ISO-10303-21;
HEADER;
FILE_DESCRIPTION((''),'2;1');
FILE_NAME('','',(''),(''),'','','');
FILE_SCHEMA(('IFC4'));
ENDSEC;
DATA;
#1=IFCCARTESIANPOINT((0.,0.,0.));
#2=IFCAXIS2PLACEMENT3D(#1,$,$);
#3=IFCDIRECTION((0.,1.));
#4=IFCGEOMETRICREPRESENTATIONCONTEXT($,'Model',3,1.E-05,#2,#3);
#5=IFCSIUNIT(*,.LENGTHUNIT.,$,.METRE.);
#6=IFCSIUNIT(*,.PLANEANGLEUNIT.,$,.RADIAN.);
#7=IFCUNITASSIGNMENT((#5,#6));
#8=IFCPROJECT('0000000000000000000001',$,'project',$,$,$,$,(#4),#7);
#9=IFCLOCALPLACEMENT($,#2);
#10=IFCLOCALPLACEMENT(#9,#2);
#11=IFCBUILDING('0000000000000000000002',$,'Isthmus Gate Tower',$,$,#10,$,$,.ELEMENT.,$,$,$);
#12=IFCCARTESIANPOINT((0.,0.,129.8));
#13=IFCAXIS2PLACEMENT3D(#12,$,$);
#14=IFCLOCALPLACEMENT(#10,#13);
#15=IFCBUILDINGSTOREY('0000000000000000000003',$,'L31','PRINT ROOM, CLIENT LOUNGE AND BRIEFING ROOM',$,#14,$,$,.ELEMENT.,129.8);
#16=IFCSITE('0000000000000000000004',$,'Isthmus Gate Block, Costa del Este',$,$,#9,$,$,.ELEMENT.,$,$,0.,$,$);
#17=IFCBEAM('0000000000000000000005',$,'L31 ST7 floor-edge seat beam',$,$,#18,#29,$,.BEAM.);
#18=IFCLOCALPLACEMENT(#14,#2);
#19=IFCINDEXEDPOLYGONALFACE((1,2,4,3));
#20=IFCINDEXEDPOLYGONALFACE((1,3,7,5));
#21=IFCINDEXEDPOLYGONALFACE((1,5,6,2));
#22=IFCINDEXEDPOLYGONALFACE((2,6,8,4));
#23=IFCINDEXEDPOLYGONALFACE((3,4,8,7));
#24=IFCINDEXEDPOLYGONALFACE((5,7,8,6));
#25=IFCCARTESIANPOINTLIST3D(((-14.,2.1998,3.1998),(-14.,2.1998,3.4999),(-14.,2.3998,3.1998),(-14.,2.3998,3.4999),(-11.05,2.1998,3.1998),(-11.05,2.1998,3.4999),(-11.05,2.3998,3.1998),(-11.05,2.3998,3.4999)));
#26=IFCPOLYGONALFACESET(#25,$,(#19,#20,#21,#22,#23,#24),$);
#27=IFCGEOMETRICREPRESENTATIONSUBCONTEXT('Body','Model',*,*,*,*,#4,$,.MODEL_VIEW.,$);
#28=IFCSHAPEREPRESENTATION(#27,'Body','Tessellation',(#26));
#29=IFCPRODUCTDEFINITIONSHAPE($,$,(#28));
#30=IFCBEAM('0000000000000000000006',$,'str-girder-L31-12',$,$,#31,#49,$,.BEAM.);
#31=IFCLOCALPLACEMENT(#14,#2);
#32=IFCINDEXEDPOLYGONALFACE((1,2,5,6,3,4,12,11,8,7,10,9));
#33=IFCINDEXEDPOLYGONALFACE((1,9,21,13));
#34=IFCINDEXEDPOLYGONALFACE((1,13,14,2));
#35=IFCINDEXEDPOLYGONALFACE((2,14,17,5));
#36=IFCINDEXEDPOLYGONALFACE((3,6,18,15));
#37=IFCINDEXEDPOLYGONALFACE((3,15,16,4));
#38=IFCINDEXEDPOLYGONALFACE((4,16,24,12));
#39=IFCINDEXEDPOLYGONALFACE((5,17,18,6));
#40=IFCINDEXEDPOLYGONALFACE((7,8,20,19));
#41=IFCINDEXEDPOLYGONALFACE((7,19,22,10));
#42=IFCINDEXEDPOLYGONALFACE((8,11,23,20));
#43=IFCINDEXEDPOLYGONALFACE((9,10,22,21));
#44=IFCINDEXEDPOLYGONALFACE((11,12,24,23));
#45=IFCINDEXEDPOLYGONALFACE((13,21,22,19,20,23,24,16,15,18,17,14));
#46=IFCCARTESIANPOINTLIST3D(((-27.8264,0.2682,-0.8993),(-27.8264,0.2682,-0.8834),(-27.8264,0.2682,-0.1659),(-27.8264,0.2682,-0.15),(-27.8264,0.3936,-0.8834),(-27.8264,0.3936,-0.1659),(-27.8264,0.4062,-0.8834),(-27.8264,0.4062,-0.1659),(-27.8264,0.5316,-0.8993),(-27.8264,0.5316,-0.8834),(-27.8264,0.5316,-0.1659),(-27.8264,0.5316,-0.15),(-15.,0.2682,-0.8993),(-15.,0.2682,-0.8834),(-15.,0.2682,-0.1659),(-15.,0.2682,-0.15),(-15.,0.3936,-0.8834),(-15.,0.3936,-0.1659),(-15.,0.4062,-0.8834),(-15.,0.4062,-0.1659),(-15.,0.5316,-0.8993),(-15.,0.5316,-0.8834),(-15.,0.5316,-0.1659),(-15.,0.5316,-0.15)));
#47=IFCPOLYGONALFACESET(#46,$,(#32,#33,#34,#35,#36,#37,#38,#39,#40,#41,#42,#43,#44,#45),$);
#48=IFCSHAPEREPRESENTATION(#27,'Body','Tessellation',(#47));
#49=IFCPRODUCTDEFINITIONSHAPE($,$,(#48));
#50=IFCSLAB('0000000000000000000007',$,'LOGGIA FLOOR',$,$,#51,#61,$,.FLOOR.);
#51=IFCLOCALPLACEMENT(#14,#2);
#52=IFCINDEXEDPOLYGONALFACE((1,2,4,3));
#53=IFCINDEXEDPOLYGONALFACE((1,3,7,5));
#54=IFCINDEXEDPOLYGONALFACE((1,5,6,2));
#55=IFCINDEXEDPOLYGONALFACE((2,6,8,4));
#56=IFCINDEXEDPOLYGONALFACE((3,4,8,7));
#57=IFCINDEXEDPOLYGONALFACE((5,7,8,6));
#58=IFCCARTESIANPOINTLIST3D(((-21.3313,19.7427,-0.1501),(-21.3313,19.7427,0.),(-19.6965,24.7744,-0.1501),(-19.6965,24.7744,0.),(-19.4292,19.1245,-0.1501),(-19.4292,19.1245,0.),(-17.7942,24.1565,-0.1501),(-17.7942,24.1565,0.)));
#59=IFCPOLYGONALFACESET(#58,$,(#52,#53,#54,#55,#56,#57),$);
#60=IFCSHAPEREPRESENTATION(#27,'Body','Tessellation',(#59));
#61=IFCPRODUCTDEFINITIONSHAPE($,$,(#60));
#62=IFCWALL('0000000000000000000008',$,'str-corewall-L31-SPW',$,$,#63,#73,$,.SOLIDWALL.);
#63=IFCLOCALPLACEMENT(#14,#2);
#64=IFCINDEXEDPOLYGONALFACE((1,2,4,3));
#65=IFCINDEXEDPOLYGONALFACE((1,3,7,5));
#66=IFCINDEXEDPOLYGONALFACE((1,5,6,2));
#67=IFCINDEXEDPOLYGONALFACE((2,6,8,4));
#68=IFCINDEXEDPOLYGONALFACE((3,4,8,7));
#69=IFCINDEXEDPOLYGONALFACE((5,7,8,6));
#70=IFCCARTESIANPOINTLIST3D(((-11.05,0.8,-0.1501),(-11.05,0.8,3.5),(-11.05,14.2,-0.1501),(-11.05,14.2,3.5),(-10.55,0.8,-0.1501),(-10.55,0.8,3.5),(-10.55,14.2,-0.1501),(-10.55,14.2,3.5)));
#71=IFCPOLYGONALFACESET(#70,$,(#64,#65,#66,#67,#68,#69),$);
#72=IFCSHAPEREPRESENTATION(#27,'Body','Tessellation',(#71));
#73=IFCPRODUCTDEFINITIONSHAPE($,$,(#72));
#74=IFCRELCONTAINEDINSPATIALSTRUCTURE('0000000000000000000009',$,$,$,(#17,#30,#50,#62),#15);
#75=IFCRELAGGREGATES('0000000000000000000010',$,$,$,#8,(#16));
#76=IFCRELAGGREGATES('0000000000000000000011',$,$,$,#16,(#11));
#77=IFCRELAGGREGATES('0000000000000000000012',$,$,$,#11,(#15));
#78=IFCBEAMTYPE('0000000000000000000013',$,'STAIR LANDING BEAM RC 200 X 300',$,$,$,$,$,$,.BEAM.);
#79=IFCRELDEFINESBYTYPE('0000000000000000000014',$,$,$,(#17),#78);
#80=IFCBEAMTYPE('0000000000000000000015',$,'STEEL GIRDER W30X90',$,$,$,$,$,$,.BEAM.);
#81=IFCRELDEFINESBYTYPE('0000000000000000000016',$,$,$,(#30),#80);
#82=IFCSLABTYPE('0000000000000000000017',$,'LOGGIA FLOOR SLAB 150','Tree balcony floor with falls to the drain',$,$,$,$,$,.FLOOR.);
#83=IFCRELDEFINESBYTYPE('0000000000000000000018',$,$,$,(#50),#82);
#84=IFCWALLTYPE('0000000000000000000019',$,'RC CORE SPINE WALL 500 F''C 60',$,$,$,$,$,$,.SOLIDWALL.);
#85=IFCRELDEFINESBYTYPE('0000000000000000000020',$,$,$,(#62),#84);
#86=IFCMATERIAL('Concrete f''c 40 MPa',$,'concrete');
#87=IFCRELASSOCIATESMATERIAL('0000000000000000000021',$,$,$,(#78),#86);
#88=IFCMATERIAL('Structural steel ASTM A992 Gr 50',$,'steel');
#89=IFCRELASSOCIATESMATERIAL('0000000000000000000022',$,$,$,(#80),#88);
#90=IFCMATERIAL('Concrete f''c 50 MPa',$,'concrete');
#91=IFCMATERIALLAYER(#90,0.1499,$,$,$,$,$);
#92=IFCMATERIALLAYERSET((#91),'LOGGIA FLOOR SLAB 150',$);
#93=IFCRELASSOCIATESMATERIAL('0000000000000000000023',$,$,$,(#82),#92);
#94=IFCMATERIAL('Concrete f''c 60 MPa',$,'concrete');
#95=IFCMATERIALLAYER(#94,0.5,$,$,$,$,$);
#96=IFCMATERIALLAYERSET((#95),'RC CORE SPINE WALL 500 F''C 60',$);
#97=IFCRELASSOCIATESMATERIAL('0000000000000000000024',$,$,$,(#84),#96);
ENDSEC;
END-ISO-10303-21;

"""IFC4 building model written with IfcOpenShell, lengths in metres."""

from ifc_helpers import new_model, si_unit, direction, frame, frame_2d, origin, origin_2d, place, context, subcontext, project, spatial, polyline, rectangle, i_section, outline, extrude, material, layer, layer_set, material_profile, profile_set, type_object, element, save


model = new_model("IFC4")

# Units and contexts
model_context = context("Model", 3, precision=1e-05, world=origin(), true_north=direction((0.0, 1.0)))
body_context = subcontext(model_context, "Body", "Model", "MODEL_VIEW")
ifc_project = project(units=[si_unit("LENGTHUNIT", "METRE"), si_unit("PLANEANGLEUNIT", "RADIAN")], contexts=[model_context])

# Site, building, storey
site_placement = place(None, origin())
site = spatial("IfcSite", under=ifc_project, at=site_placement, Name="Isthmus Gate Block, Costa del Este", CompositionType="ELEMENT", RefElevation=0.0)
building_placement = place(site_placement, origin())
building = spatial("IfcBuilding", under=site, at=building_placement, Name="Isthmus Gate Tower", CompositionType="ELEMENT")
storey_placement = place(building_placement, frame((0.0, 0.0, 129.8)))
storey = spatial("IfcBuildingStorey", under=building, at=storey_placement, Name="L31", Description="PRINT ROOM, CLIENT LOUNGE AND BRIEFING ROOM", CompositionType="ELEMENT", Elevation=129.8)

# Beams
ifc_material_1 = material(Name="Concrete f'c 40 MPa", Category="concrete")
ifc_material_profile_1 = material_profile(ifc_material_1, rectangle(XDim=0.2, YDim=0.3, at=origin_2d()), Name="STAIR LANDING BEAM RC 200 X 300")
ifc_profile_set_1 = profile_set([ifc_material_profile_1], Name="Concrete f'c 40 MPa")
beam_type_1 = type_object("IfcBeamType", Name="STAIR LANDING BEAM RC 200 X 300", PredefinedType="BEAM", material=ifc_profile_set_1)
beam_1_placement = place(storey_placement, frame((-14.0, 2.2998, 3.3499), z_axis=(1.0, 0.0, 0.0), x_axis=(0.0, 1.0, 0.0)))
element("IfcBeam", 1, at=beam_1_placement, inside=storey, type_object=beam_type_1, Name="L31 ST7 floor-edge seat beam", PredefinedType="BEAM", context=body_context, shape_type="SweptSolid", body=[
    extrude(rectangle(XDim=0.2, YDim=0.3, at=origin_2d()), origin(), (0.0, 0.0, 1.0), 2.95),
])
ifc_material_2 = material(Name="Structural steel ASTM A992 Gr 50", Category="steel")
ifc_material_profile_2 = material_profile(ifc_material_2, i_section(OverallWidth=0.2634, OverallDepth=0.7493, WebThickness=0.0127, FlangeThickness=0.0159, at=origin_2d()), Name="W30X90")
ifc_profile_set_2 = profile_set([ifc_material_profile_2], Name="Structural steel ASTM A992 Gr 50")
beam_type_2 = type_object("IfcBeamType", Name="STEEL GIRDER W30X90", PredefinedType="BEAM", material=ifc_profile_set_2)
beam_2_placement = place(storey_placement, frame((-15.0, 0.3999, -0.5247), z_axis=(-1.0, 0.0, 0.0), x_axis=(0.0, -1.0, 0.0)))
element("IfcBeam", 2, at=beam_2_placement, inside=storey, type_object=beam_type_2, Name="str-girder-L31-12", PredefinedType="BEAM", context=body_context, shape_type="SweptSolid", body=[
    extrude(i_section(OverallWidth=0.2634, OverallDepth=0.7493, WebThickness=0.0127, FlangeThickness=0.0159, at=origin_2d()), origin(), (0.0, 0.0, 1.0), 12.8264),
])

# Slab
ifc_material_3 = material(Name="Concrete f'c 50 MPa", Category="concrete")
ifc_layer_1 = layer(ifc_material_3, 0.1499)
ifc_layer_set_1 = layer_set([ifc_layer_1], Name="LOGGIA FLOOR SLAB 150")
slab_type = type_object("IfcSlabType", Name="LOGGIA FLOOR SLAB 150", Description="Tree balcony floor with falls to the drain", PredefinedType="FLOOR", material=ifc_layer_set_1)
slab_placement = place(storey_placement, frame((0.0, 0.0, -0.1501)))
element("IfcSlab", 3, at=slab_placement, inside=storey, type_object=slab_type, Name="LOGGIA FLOOR", PredefinedType="FLOOR", context=body_context, shape_type="SweptSolid", body=[
    extrude(outline(polyline([(-19.6965, 24.7744), (-21.3313, 19.7427), (-19.4292, 19.1245), (-17.7942, 24.1565), (-19.6965, 24.7744)])), origin(), (0.0, 0.0, 1.0), 0.1501),
])

# Wall
ifc_material_4 = material(Name="Concrete f'c 60 MPa", Category="concrete")
ifc_layer_2 = layer(ifc_material_4, 0.5)
ifc_layer_set_2 = layer_set([ifc_layer_2], Name="RC CORE SPINE WALL 500 F'C 60")
wall_type_1 = type_object("IfcWallType", Name="RC CORE SPINE WALL 500 F'C 60", PredefinedType="SOLIDWALL", material=ifc_layer_set_2)
wall_1_placement = place(storey_placement, frame((-10.8, 0.8, -0.1501), z_axis=(0.0, 0.0, 1.0), x_axis=(0.0, 1.0, 0.0)))
element("IfcWall", 4, at=wall_1_placement, inside=storey, type_object=wall_type_1, Name="str-corewall-L31-SPW", PredefinedType="SOLIDWALL", context=body_context, shape_type="SweptSolid", body=[
    extrude(rectangle(XDim=13.3999, YDim=0.5, at=frame_2d((6.7, 0.0))), origin(), (0.0, 0.0, 1.0), 3.6501),
])

save(model, "model.ifc")
